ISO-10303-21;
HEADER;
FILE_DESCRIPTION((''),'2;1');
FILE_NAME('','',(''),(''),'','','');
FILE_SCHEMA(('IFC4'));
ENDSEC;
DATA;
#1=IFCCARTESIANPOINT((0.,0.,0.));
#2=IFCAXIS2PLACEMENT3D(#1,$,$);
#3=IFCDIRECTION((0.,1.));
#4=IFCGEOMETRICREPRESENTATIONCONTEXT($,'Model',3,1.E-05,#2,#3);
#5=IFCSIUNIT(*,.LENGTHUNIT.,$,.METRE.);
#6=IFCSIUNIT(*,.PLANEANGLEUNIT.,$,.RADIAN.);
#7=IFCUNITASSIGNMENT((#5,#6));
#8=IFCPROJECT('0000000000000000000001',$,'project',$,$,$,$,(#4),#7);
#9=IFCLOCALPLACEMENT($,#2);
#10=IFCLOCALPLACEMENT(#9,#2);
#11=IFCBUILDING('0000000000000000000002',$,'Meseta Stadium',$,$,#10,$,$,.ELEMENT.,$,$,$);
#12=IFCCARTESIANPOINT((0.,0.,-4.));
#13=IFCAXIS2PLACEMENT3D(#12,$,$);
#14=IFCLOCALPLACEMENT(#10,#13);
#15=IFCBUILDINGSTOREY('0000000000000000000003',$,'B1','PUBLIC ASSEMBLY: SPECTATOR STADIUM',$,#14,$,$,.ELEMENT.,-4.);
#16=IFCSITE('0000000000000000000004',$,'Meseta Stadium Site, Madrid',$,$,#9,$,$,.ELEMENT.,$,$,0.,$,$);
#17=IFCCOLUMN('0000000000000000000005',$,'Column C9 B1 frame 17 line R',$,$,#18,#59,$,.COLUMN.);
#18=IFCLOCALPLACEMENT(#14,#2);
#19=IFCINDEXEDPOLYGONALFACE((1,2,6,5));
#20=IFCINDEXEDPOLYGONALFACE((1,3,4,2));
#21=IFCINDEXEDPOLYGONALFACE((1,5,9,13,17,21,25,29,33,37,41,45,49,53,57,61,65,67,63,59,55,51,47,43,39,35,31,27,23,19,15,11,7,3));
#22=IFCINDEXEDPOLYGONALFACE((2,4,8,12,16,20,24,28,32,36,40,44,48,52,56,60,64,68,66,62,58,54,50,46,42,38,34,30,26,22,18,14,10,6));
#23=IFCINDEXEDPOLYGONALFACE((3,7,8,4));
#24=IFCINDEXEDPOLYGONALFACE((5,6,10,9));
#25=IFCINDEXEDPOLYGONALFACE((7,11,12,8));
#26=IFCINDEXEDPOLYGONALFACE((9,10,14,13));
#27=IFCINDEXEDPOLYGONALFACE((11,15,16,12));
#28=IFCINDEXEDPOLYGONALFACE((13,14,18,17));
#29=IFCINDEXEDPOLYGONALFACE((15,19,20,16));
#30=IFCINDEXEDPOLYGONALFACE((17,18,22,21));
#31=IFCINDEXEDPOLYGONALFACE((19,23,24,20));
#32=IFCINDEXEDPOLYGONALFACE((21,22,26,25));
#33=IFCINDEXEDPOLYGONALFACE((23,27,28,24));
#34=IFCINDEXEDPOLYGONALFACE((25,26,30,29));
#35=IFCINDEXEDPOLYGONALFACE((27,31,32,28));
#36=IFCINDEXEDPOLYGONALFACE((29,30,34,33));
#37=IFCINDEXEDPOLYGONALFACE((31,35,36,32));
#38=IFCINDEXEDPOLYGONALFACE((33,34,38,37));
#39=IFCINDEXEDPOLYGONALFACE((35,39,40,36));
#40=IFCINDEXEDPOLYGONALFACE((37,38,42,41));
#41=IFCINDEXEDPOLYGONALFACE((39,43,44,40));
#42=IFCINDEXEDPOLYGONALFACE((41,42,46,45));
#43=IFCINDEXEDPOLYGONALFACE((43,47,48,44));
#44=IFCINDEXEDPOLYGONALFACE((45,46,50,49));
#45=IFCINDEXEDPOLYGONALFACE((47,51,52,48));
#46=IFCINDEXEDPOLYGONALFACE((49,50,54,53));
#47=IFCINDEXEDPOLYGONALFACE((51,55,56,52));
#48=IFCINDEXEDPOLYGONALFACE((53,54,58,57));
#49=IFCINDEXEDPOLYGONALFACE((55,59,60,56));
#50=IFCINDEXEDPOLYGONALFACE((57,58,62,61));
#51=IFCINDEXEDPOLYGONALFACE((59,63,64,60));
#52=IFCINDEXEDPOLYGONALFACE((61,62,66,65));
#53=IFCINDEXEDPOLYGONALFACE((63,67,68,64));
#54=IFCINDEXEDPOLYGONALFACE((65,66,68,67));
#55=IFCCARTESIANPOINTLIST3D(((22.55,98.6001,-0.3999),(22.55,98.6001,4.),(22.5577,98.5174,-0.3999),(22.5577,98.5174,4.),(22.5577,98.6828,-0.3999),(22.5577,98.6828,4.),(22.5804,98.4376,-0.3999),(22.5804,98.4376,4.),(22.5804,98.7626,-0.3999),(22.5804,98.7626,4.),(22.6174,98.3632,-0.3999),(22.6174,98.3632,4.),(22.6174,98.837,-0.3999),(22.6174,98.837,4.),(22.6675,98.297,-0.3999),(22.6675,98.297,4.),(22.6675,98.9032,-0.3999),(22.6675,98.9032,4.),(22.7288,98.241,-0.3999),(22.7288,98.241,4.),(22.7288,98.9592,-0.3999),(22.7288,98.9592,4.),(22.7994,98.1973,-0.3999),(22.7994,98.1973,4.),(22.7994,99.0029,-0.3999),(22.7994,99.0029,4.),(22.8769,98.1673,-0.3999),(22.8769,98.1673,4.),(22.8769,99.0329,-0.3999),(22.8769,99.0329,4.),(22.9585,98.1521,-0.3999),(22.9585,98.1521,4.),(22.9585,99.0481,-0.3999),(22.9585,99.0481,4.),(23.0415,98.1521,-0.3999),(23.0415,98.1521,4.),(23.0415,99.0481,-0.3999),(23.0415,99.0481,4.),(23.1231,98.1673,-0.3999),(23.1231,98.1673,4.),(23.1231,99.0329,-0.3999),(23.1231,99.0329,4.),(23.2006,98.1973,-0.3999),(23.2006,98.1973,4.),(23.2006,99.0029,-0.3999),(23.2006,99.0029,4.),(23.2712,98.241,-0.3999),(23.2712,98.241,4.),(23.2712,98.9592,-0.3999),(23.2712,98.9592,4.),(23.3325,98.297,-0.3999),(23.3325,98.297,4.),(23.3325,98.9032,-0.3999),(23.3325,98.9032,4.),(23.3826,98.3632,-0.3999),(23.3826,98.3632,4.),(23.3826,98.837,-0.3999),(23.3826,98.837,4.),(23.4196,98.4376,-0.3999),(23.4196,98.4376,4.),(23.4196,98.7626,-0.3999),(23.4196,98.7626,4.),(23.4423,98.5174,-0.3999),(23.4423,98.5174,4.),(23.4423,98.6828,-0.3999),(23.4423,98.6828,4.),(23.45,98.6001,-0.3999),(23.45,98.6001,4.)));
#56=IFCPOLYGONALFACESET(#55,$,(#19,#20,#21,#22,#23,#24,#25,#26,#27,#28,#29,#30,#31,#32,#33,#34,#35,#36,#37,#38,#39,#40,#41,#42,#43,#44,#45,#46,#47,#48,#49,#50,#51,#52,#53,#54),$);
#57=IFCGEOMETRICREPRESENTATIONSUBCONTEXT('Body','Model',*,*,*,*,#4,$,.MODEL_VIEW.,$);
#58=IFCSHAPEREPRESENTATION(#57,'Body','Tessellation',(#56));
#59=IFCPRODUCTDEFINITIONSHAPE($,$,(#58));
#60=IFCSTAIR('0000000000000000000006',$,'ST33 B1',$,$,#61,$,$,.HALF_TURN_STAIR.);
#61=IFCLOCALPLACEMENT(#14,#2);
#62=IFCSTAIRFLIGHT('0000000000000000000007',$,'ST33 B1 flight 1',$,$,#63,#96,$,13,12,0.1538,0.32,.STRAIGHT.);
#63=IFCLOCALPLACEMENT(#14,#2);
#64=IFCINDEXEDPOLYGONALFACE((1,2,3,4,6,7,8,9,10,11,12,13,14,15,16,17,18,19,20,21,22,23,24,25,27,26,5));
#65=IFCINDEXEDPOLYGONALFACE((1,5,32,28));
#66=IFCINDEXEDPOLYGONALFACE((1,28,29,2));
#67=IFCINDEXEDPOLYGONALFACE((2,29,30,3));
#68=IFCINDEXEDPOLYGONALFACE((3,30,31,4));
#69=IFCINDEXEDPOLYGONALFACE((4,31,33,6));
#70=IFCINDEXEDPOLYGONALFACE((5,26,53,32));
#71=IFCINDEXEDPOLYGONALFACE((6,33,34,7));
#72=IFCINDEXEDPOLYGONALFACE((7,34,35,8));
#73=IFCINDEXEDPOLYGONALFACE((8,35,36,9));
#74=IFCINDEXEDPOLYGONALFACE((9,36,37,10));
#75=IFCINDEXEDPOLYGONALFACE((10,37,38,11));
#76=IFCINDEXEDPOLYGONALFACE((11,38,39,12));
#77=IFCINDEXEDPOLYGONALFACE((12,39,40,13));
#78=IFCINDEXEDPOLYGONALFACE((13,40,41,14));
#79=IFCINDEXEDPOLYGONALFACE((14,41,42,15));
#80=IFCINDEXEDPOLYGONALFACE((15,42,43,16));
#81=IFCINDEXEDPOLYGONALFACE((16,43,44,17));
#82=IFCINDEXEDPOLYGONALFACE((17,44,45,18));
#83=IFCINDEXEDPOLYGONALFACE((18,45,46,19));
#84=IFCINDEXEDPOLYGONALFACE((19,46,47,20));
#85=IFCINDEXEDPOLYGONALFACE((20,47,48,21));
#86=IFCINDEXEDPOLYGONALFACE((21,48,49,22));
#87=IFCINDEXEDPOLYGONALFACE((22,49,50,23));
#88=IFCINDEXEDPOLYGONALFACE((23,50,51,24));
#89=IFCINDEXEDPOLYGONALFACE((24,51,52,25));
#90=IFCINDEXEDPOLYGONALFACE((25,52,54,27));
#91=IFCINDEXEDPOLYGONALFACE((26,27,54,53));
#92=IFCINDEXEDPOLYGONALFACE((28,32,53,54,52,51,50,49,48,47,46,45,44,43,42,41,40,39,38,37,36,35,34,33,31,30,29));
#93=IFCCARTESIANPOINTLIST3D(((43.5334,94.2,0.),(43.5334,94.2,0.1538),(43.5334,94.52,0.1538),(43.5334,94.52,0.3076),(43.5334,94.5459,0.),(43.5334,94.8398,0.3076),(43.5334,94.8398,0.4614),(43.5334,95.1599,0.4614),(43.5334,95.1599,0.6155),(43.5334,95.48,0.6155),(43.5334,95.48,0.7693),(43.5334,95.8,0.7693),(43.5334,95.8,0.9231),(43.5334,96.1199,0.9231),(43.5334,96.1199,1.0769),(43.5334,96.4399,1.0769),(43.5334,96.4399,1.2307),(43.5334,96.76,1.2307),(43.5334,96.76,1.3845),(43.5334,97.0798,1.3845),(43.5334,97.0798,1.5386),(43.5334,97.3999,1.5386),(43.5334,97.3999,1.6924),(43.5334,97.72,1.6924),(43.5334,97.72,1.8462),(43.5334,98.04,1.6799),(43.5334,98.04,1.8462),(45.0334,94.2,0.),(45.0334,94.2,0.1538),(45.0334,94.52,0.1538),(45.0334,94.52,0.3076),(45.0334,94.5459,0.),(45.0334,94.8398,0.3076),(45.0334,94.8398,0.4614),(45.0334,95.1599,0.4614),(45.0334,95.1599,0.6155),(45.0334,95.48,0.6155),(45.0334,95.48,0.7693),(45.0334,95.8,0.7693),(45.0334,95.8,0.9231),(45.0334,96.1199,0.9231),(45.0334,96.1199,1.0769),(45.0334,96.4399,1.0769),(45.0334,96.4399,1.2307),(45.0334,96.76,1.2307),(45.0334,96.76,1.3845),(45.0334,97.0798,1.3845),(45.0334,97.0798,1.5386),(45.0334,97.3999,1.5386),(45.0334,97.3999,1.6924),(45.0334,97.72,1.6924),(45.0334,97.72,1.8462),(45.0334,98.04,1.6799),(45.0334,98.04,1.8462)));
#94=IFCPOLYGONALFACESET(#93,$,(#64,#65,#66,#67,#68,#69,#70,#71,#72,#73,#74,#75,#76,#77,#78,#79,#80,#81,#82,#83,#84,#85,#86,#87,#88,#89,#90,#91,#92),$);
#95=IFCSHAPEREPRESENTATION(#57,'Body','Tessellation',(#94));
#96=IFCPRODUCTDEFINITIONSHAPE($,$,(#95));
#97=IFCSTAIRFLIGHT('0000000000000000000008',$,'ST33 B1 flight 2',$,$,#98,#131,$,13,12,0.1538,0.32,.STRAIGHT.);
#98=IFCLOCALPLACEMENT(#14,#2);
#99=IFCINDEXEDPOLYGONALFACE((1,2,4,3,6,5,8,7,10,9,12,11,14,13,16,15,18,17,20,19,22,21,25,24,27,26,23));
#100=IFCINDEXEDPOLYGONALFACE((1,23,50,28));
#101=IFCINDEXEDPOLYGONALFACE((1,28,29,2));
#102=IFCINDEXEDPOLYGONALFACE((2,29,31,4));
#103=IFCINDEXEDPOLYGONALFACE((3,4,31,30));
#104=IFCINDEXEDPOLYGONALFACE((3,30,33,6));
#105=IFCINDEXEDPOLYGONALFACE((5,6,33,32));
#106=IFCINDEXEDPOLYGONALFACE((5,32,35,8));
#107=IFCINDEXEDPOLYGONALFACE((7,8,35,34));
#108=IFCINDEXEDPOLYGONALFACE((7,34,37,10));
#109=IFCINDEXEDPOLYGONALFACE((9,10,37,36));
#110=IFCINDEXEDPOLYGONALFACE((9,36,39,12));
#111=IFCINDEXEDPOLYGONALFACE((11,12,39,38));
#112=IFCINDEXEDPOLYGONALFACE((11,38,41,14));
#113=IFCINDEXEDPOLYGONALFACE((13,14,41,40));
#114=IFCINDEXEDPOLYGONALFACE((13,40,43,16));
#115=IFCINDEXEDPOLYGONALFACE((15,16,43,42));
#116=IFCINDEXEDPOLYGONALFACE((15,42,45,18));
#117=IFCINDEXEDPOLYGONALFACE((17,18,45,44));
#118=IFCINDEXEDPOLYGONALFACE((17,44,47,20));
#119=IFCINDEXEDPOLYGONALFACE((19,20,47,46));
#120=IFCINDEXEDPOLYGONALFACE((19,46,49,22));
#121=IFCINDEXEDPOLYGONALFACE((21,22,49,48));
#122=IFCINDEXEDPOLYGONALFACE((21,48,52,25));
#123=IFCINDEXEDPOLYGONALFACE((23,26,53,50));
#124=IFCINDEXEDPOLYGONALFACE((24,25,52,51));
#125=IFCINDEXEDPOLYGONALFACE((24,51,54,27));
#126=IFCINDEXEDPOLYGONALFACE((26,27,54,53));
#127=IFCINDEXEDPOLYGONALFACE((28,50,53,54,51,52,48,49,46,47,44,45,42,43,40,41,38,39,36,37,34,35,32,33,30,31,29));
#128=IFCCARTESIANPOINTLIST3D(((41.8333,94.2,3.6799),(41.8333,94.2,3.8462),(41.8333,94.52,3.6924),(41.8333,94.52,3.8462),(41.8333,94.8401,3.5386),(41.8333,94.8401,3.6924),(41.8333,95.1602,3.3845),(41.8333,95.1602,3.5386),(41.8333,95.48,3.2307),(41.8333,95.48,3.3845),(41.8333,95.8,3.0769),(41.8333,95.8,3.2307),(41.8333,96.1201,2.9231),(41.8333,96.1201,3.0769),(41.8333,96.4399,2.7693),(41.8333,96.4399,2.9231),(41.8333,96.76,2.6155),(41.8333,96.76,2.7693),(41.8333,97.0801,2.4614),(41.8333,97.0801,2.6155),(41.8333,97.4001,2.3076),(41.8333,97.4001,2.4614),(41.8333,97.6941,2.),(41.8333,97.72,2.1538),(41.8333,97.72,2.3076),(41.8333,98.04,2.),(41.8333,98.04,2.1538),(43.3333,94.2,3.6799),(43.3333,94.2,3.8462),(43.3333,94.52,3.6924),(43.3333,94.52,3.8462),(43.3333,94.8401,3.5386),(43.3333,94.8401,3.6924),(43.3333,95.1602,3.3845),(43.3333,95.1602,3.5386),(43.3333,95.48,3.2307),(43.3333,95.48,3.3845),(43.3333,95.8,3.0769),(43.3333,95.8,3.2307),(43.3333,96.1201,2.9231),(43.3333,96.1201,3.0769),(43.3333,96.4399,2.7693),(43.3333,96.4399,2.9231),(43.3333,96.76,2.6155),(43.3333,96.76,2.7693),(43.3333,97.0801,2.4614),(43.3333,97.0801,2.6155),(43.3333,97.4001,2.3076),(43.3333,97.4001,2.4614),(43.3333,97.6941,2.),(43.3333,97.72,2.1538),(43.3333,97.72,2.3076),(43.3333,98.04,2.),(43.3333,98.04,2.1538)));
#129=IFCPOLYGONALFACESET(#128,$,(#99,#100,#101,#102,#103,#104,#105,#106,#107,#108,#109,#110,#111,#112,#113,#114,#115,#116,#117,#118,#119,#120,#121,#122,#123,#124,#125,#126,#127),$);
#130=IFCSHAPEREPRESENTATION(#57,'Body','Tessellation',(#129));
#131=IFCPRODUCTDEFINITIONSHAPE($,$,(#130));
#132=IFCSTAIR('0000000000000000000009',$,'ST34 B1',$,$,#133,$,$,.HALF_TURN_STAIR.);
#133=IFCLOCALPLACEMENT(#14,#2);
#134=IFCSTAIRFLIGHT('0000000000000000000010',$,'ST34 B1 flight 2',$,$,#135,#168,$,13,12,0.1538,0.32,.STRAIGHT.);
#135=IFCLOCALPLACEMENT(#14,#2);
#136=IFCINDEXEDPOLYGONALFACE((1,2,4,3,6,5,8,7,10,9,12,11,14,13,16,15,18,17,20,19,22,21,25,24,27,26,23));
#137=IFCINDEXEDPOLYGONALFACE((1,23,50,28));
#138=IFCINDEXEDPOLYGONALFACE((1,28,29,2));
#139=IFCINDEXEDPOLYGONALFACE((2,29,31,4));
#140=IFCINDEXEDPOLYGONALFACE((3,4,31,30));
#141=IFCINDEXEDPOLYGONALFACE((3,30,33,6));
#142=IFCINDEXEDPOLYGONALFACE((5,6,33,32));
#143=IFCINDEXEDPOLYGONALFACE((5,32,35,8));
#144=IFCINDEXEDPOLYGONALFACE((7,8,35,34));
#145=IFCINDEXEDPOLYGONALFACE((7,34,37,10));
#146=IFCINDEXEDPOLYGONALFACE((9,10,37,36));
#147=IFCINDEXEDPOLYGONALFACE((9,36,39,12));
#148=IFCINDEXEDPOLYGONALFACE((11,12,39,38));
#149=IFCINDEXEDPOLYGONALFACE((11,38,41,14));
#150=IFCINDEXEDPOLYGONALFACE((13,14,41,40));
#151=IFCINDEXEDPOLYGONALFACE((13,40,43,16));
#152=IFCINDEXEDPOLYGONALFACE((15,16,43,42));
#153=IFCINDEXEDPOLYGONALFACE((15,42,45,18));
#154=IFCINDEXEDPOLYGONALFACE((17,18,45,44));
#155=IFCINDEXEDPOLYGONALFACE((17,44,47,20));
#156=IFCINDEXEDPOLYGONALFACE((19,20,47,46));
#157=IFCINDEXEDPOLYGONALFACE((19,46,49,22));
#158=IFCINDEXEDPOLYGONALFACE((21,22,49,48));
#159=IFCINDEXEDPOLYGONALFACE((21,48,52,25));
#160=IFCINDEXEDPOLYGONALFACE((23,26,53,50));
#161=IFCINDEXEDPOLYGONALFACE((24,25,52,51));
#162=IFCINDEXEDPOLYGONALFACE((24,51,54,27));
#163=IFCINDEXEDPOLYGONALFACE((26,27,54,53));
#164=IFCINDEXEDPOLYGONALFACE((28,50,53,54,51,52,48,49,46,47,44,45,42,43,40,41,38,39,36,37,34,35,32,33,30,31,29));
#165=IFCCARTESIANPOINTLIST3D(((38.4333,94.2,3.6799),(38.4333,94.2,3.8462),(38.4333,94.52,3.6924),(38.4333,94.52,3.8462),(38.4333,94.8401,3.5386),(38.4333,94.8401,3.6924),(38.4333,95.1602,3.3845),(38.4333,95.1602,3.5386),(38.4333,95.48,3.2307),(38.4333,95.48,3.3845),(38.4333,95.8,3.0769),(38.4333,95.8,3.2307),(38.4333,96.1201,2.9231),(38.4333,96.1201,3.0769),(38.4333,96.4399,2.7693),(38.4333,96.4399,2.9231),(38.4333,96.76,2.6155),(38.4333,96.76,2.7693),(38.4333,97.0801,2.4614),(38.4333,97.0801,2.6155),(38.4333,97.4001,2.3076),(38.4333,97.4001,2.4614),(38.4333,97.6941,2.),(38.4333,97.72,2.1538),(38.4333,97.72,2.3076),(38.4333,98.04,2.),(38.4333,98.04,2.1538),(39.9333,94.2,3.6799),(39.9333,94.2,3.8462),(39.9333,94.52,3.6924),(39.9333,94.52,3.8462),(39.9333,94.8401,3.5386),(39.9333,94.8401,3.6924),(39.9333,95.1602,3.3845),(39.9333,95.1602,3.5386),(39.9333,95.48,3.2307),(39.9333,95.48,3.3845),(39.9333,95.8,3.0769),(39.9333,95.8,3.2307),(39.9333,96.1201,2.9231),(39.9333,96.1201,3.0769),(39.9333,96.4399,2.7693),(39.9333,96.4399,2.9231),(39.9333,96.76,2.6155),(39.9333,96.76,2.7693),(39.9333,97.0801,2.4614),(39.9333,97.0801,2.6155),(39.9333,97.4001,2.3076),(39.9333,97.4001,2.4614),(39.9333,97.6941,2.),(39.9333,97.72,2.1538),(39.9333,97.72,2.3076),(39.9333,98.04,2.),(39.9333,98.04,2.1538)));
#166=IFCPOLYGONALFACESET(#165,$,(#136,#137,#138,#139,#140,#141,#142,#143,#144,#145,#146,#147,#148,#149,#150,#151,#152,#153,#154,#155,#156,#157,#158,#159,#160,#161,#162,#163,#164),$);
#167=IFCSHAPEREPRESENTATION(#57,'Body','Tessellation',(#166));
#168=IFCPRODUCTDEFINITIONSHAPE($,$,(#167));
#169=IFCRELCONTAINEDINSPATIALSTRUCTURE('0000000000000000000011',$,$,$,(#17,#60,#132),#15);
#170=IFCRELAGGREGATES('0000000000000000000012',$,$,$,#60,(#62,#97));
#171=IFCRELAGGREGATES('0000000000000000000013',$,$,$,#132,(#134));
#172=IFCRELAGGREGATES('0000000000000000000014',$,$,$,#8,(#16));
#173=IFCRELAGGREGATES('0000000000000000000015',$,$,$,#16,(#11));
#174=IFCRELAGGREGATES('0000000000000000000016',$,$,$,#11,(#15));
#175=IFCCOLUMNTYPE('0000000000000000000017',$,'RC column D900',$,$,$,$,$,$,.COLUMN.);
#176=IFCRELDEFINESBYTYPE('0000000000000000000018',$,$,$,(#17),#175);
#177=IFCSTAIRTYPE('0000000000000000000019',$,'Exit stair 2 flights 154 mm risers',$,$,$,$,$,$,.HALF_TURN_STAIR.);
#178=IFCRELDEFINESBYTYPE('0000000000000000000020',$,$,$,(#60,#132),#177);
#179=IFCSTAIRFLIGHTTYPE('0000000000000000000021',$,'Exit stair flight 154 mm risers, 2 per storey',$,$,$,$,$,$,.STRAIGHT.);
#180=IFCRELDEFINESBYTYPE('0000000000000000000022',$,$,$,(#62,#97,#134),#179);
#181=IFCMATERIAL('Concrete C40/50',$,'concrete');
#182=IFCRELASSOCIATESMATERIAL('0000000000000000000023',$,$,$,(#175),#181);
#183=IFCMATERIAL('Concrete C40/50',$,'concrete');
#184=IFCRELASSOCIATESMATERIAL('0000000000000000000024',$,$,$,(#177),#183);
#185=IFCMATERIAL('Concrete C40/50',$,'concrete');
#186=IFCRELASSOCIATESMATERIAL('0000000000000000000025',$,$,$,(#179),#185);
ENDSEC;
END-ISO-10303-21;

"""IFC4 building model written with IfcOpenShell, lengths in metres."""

from ifc_helpers import new_model, si_unit, direction, frame, origin, origin_2d, place, context, subcontext, project, spatial, polyline, circle, outline, extrude, material, material_profile, profile_set, type_object, element, aggregate, save


model = new_model("IFC4")

# Units and contexts
model_context = context("Model", 3, precision=1e-05, world=origin(), true_north=direction((0.0, 1.0)))
body_context = subcontext(model_context, "Body", "Model", "MODEL_VIEW")
ifc_project = project(units=[si_unit("LENGTHUNIT", "METRE"), si_unit("PLANEANGLEUNIT", "RADIAN")], contexts=[model_context])

# Site, building, storey
site_placement = place(None, origin())
site = spatial("IfcSite", under=ifc_project, at=site_placement, Name="Meseta Stadium Site, Madrid", CompositionType="ELEMENT", RefElevation=0.0)
building_placement = place(site_placement, origin())
building = spatial("IfcBuilding", under=site, at=building_placement, Name="Meseta Stadium", CompositionType="ELEMENT")
storey_placement = place(building_placement, frame((0.0, 0.0, -4.0)))
storey = spatial("IfcBuildingStorey", under=building, at=storey_placement, Name="B1", Description="PUBLIC ASSEMBLY: SPECTATOR STADIUM", CompositionType="ELEMENT", Elevation=-4.0)

# Column
ifc_material_1 = material(Name="Concrete C40/50", Category="concrete")
ifc_material_profile = material_profile(ifc_material_1, circle(Radius=0.45, at=origin_2d()), Name="RC D900")
ifc_profile_set = profile_set([ifc_material_profile], Name="Concrete C40/50")
column_type = type_object("IfcColumnType", Name="RC column D900", PredefinedType="COLUMN", material=ifc_profile_set)
column_placement = place(storey_placement, frame((23.0, 98.6001, -0.3999), z_axis=(0.0, 0.0, 1.0), x_axis=(1.0, 0.0, 0.0)))
element("IfcColumn", 1, at=column_placement, inside=storey, type_object=column_type, Name="Column C9 B1 frame 17 line R", PredefinedType="COLUMN", context=body_context, shape_type="SweptSolid", body=[
    extrude(circle(Radius=0.45, at=origin_2d()), origin(), (0.0, 0.0, 1.0), 4.3999),
])

# Stair, stair flights
ifc_material_2 = material(Name="Concrete C40/50", Category="concrete")
stair_type = type_object("IfcStairType", Name="Exit stair 2 flights 154 mm risers", PredefinedType="HALF_TURN_STAIR", material=ifc_material_2)
stair_1_placement = place(storey_placement, origin())
stair_1 = element("IfcStair", 2, at=stair_1_placement, inside=storey, type_object=stair_type, Name="ST33 B1", PredefinedType="HALF_TURN_STAIR")
ifc_material_3 = material(Name="Concrete C40/50", Category="concrete")
stair_flight_type = type_object("IfcStairFlightType", Name="Exit stair flight 154 mm risers, 2 per storey", PredefinedType="STRAIGHT", material=ifc_material_3)
stair_flight_1_placement = place(storey_placement, frame((44.2834, 94.2, 0.0), z_axis=(0.0, 0.0, 1.0), x_axis=(0.0, 1.0, 0.0)))
stair_flight_1 = element("IfcStairFlight", 3, at=stair_flight_1_placement, type_object=stair_flight_type, Name="ST33 B1 flight 1", NumberOfRisers=13, NumberOfTreads=12, PredefinedType="STRAIGHT", RiserHeight=0.1538, TreadLength=0.32, context=body_context, shape_type="SweptSolid", body=[
    extrude(outline(polyline([(0.0, 0.0), (0.0, 0.1538), (0.3201, 0.1538), (0.3201, 0.3076), (0.6399, 0.3076), (0.6399, 0.4614), (0.96, 0.4614), (0.96, 0.6155), (1.28, 0.6155), (1.28, 0.7693), (1.6001, 0.7693), (1.6001, 0.9231), (1.9199, 0.9231), (1.9199, 1.0769), (2.24, 1.0769), (2.24, 1.2307), (2.5601, 1.2307), (2.5601, 1.3845), (2.8799, 1.3845), (2.8799, 1.5386), (3.2, 1.5386), (3.2, 1.6924), (3.52, 1.6924), (3.52, 1.8462), (3.8401, 1.8462), (3.8401, 1.6799), (0.3459, 0.0), (0.0, 0.0)])), frame((0.0, 0.75, 0.0), z_axis=(0.0, -1.0, 0.0), x_axis=(1.0, 0.0, 0.0)), (0.0, 0.0, 1.0), 1.5),
])
stair_flight_2_placement = place(storey_placement, frame((42.5833, 98.04, 2.0), z_axis=(0.0, 0.0, 1.0), x_axis=(0.0, -1.0, 0.0)))
stair_flight_2 = element("IfcStairFlight", 4, at=stair_flight_2_placement, type_object=stair_flight_type, Name="ST33 B1 flight 2", NumberOfRisers=13, NumberOfTreads=12, PredefinedType="STRAIGHT", RiserHeight=0.1538, TreadLength=0.32, context=body_context, shape_type="SweptSolid", body=[
    extrude(outline(polyline([(0.0, 0.0), (0.0, 0.1538), (0.3201, 0.1538), (0.3201, 0.3076), (0.6399, 0.3076), (0.6399, 0.4614), (0.96, 0.4614), (0.96, 0.6155), (1.28, 0.6155), (1.28, 0.7693), (1.6001, 0.7693), (1.6001, 0.9231), (1.9199, 0.9231), (1.9199, 1.0769), (2.24, 1.0769), (2.24, 1.2307), (2.5601, 1.2307), (2.5601, 1.3845), (2.8799, 1.3845), (2.8799, 1.5386), (3.2, 1.5386), (3.2, 1.6924), (3.52, 1.6924), (3.52, 1.8462), (3.8401, 1.8462), (3.8401, 1.6799), (0.3459, 0.0), (0.0, 0.0)])), frame((0.0, 0.75, 0.0), z_axis=(0.0, -1.0, 0.0), x_axis=(1.0, 0.0, 0.0)), (0.0, 0.0, 1.0), 1.5),
])
aggregate(stair_1, [stair_flight_1, stair_flight_2])

# Stair, stair flight
stair_2_placement = place(storey_placement, origin())
stair_2 = element("IfcStair", 5, at=stair_2_placement, inside=storey, type_object=stair_type, Name="ST34 B1", PredefinedType="HALF_TURN_STAIR")
stair_flight_3_placement = place(storey_placement, frame((39.1833, 98.04, 2.0), z_axis=(0.0, 0.0, 1.0), x_axis=(0.0, -1.0, 0.0)))
stair_flight_3 = element("IfcStairFlight", 6, at=stair_flight_3_placement, type_object=stair_flight_type, Name="ST34 B1 flight 2", NumberOfRisers=13, NumberOfTreads=12, PredefinedType="STRAIGHT", RiserHeight=0.1538, TreadLength=0.32, context=body_context, shape_type="SweptSolid", body=[
    extrude(outline(polyline([(0.0, 0.0), (0.0, 0.1538), (0.3201, 0.1538), (0.3201, 0.3076), (0.6399, 0.3076), (0.6399, 0.4614), (0.96, 0.4614), (0.96, 0.6155), (1.28, 0.6155), (1.28, 0.7693), (1.6001, 0.7693), (1.6001, 0.9231), (1.9199, 0.9231), (1.9199, 1.0769), (2.24, 1.0769), (2.24, 1.2307), (2.5601, 1.2307), (2.5601, 1.3845), (2.8799, 1.3845), (2.8799, 1.5386), (3.2, 1.5386), (3.2, 1.6924), (3.52, 1.6924), (3.52, 1.8462), (3.8401, 1.8462), (3.8401, 1.6799), (0.3459, 0.0), (0.0, 0.0)])), frame((0.0, 0.75, 0.0), z_axis=(0.0, -1.0, 0.0), x_axis=(1.0, 0.0, 0.0)), (0.0, 0.0, 1.0), 1.5),
])
aggregate(stair_2, [stair_flight_3])

save(model, "model.ifc")
